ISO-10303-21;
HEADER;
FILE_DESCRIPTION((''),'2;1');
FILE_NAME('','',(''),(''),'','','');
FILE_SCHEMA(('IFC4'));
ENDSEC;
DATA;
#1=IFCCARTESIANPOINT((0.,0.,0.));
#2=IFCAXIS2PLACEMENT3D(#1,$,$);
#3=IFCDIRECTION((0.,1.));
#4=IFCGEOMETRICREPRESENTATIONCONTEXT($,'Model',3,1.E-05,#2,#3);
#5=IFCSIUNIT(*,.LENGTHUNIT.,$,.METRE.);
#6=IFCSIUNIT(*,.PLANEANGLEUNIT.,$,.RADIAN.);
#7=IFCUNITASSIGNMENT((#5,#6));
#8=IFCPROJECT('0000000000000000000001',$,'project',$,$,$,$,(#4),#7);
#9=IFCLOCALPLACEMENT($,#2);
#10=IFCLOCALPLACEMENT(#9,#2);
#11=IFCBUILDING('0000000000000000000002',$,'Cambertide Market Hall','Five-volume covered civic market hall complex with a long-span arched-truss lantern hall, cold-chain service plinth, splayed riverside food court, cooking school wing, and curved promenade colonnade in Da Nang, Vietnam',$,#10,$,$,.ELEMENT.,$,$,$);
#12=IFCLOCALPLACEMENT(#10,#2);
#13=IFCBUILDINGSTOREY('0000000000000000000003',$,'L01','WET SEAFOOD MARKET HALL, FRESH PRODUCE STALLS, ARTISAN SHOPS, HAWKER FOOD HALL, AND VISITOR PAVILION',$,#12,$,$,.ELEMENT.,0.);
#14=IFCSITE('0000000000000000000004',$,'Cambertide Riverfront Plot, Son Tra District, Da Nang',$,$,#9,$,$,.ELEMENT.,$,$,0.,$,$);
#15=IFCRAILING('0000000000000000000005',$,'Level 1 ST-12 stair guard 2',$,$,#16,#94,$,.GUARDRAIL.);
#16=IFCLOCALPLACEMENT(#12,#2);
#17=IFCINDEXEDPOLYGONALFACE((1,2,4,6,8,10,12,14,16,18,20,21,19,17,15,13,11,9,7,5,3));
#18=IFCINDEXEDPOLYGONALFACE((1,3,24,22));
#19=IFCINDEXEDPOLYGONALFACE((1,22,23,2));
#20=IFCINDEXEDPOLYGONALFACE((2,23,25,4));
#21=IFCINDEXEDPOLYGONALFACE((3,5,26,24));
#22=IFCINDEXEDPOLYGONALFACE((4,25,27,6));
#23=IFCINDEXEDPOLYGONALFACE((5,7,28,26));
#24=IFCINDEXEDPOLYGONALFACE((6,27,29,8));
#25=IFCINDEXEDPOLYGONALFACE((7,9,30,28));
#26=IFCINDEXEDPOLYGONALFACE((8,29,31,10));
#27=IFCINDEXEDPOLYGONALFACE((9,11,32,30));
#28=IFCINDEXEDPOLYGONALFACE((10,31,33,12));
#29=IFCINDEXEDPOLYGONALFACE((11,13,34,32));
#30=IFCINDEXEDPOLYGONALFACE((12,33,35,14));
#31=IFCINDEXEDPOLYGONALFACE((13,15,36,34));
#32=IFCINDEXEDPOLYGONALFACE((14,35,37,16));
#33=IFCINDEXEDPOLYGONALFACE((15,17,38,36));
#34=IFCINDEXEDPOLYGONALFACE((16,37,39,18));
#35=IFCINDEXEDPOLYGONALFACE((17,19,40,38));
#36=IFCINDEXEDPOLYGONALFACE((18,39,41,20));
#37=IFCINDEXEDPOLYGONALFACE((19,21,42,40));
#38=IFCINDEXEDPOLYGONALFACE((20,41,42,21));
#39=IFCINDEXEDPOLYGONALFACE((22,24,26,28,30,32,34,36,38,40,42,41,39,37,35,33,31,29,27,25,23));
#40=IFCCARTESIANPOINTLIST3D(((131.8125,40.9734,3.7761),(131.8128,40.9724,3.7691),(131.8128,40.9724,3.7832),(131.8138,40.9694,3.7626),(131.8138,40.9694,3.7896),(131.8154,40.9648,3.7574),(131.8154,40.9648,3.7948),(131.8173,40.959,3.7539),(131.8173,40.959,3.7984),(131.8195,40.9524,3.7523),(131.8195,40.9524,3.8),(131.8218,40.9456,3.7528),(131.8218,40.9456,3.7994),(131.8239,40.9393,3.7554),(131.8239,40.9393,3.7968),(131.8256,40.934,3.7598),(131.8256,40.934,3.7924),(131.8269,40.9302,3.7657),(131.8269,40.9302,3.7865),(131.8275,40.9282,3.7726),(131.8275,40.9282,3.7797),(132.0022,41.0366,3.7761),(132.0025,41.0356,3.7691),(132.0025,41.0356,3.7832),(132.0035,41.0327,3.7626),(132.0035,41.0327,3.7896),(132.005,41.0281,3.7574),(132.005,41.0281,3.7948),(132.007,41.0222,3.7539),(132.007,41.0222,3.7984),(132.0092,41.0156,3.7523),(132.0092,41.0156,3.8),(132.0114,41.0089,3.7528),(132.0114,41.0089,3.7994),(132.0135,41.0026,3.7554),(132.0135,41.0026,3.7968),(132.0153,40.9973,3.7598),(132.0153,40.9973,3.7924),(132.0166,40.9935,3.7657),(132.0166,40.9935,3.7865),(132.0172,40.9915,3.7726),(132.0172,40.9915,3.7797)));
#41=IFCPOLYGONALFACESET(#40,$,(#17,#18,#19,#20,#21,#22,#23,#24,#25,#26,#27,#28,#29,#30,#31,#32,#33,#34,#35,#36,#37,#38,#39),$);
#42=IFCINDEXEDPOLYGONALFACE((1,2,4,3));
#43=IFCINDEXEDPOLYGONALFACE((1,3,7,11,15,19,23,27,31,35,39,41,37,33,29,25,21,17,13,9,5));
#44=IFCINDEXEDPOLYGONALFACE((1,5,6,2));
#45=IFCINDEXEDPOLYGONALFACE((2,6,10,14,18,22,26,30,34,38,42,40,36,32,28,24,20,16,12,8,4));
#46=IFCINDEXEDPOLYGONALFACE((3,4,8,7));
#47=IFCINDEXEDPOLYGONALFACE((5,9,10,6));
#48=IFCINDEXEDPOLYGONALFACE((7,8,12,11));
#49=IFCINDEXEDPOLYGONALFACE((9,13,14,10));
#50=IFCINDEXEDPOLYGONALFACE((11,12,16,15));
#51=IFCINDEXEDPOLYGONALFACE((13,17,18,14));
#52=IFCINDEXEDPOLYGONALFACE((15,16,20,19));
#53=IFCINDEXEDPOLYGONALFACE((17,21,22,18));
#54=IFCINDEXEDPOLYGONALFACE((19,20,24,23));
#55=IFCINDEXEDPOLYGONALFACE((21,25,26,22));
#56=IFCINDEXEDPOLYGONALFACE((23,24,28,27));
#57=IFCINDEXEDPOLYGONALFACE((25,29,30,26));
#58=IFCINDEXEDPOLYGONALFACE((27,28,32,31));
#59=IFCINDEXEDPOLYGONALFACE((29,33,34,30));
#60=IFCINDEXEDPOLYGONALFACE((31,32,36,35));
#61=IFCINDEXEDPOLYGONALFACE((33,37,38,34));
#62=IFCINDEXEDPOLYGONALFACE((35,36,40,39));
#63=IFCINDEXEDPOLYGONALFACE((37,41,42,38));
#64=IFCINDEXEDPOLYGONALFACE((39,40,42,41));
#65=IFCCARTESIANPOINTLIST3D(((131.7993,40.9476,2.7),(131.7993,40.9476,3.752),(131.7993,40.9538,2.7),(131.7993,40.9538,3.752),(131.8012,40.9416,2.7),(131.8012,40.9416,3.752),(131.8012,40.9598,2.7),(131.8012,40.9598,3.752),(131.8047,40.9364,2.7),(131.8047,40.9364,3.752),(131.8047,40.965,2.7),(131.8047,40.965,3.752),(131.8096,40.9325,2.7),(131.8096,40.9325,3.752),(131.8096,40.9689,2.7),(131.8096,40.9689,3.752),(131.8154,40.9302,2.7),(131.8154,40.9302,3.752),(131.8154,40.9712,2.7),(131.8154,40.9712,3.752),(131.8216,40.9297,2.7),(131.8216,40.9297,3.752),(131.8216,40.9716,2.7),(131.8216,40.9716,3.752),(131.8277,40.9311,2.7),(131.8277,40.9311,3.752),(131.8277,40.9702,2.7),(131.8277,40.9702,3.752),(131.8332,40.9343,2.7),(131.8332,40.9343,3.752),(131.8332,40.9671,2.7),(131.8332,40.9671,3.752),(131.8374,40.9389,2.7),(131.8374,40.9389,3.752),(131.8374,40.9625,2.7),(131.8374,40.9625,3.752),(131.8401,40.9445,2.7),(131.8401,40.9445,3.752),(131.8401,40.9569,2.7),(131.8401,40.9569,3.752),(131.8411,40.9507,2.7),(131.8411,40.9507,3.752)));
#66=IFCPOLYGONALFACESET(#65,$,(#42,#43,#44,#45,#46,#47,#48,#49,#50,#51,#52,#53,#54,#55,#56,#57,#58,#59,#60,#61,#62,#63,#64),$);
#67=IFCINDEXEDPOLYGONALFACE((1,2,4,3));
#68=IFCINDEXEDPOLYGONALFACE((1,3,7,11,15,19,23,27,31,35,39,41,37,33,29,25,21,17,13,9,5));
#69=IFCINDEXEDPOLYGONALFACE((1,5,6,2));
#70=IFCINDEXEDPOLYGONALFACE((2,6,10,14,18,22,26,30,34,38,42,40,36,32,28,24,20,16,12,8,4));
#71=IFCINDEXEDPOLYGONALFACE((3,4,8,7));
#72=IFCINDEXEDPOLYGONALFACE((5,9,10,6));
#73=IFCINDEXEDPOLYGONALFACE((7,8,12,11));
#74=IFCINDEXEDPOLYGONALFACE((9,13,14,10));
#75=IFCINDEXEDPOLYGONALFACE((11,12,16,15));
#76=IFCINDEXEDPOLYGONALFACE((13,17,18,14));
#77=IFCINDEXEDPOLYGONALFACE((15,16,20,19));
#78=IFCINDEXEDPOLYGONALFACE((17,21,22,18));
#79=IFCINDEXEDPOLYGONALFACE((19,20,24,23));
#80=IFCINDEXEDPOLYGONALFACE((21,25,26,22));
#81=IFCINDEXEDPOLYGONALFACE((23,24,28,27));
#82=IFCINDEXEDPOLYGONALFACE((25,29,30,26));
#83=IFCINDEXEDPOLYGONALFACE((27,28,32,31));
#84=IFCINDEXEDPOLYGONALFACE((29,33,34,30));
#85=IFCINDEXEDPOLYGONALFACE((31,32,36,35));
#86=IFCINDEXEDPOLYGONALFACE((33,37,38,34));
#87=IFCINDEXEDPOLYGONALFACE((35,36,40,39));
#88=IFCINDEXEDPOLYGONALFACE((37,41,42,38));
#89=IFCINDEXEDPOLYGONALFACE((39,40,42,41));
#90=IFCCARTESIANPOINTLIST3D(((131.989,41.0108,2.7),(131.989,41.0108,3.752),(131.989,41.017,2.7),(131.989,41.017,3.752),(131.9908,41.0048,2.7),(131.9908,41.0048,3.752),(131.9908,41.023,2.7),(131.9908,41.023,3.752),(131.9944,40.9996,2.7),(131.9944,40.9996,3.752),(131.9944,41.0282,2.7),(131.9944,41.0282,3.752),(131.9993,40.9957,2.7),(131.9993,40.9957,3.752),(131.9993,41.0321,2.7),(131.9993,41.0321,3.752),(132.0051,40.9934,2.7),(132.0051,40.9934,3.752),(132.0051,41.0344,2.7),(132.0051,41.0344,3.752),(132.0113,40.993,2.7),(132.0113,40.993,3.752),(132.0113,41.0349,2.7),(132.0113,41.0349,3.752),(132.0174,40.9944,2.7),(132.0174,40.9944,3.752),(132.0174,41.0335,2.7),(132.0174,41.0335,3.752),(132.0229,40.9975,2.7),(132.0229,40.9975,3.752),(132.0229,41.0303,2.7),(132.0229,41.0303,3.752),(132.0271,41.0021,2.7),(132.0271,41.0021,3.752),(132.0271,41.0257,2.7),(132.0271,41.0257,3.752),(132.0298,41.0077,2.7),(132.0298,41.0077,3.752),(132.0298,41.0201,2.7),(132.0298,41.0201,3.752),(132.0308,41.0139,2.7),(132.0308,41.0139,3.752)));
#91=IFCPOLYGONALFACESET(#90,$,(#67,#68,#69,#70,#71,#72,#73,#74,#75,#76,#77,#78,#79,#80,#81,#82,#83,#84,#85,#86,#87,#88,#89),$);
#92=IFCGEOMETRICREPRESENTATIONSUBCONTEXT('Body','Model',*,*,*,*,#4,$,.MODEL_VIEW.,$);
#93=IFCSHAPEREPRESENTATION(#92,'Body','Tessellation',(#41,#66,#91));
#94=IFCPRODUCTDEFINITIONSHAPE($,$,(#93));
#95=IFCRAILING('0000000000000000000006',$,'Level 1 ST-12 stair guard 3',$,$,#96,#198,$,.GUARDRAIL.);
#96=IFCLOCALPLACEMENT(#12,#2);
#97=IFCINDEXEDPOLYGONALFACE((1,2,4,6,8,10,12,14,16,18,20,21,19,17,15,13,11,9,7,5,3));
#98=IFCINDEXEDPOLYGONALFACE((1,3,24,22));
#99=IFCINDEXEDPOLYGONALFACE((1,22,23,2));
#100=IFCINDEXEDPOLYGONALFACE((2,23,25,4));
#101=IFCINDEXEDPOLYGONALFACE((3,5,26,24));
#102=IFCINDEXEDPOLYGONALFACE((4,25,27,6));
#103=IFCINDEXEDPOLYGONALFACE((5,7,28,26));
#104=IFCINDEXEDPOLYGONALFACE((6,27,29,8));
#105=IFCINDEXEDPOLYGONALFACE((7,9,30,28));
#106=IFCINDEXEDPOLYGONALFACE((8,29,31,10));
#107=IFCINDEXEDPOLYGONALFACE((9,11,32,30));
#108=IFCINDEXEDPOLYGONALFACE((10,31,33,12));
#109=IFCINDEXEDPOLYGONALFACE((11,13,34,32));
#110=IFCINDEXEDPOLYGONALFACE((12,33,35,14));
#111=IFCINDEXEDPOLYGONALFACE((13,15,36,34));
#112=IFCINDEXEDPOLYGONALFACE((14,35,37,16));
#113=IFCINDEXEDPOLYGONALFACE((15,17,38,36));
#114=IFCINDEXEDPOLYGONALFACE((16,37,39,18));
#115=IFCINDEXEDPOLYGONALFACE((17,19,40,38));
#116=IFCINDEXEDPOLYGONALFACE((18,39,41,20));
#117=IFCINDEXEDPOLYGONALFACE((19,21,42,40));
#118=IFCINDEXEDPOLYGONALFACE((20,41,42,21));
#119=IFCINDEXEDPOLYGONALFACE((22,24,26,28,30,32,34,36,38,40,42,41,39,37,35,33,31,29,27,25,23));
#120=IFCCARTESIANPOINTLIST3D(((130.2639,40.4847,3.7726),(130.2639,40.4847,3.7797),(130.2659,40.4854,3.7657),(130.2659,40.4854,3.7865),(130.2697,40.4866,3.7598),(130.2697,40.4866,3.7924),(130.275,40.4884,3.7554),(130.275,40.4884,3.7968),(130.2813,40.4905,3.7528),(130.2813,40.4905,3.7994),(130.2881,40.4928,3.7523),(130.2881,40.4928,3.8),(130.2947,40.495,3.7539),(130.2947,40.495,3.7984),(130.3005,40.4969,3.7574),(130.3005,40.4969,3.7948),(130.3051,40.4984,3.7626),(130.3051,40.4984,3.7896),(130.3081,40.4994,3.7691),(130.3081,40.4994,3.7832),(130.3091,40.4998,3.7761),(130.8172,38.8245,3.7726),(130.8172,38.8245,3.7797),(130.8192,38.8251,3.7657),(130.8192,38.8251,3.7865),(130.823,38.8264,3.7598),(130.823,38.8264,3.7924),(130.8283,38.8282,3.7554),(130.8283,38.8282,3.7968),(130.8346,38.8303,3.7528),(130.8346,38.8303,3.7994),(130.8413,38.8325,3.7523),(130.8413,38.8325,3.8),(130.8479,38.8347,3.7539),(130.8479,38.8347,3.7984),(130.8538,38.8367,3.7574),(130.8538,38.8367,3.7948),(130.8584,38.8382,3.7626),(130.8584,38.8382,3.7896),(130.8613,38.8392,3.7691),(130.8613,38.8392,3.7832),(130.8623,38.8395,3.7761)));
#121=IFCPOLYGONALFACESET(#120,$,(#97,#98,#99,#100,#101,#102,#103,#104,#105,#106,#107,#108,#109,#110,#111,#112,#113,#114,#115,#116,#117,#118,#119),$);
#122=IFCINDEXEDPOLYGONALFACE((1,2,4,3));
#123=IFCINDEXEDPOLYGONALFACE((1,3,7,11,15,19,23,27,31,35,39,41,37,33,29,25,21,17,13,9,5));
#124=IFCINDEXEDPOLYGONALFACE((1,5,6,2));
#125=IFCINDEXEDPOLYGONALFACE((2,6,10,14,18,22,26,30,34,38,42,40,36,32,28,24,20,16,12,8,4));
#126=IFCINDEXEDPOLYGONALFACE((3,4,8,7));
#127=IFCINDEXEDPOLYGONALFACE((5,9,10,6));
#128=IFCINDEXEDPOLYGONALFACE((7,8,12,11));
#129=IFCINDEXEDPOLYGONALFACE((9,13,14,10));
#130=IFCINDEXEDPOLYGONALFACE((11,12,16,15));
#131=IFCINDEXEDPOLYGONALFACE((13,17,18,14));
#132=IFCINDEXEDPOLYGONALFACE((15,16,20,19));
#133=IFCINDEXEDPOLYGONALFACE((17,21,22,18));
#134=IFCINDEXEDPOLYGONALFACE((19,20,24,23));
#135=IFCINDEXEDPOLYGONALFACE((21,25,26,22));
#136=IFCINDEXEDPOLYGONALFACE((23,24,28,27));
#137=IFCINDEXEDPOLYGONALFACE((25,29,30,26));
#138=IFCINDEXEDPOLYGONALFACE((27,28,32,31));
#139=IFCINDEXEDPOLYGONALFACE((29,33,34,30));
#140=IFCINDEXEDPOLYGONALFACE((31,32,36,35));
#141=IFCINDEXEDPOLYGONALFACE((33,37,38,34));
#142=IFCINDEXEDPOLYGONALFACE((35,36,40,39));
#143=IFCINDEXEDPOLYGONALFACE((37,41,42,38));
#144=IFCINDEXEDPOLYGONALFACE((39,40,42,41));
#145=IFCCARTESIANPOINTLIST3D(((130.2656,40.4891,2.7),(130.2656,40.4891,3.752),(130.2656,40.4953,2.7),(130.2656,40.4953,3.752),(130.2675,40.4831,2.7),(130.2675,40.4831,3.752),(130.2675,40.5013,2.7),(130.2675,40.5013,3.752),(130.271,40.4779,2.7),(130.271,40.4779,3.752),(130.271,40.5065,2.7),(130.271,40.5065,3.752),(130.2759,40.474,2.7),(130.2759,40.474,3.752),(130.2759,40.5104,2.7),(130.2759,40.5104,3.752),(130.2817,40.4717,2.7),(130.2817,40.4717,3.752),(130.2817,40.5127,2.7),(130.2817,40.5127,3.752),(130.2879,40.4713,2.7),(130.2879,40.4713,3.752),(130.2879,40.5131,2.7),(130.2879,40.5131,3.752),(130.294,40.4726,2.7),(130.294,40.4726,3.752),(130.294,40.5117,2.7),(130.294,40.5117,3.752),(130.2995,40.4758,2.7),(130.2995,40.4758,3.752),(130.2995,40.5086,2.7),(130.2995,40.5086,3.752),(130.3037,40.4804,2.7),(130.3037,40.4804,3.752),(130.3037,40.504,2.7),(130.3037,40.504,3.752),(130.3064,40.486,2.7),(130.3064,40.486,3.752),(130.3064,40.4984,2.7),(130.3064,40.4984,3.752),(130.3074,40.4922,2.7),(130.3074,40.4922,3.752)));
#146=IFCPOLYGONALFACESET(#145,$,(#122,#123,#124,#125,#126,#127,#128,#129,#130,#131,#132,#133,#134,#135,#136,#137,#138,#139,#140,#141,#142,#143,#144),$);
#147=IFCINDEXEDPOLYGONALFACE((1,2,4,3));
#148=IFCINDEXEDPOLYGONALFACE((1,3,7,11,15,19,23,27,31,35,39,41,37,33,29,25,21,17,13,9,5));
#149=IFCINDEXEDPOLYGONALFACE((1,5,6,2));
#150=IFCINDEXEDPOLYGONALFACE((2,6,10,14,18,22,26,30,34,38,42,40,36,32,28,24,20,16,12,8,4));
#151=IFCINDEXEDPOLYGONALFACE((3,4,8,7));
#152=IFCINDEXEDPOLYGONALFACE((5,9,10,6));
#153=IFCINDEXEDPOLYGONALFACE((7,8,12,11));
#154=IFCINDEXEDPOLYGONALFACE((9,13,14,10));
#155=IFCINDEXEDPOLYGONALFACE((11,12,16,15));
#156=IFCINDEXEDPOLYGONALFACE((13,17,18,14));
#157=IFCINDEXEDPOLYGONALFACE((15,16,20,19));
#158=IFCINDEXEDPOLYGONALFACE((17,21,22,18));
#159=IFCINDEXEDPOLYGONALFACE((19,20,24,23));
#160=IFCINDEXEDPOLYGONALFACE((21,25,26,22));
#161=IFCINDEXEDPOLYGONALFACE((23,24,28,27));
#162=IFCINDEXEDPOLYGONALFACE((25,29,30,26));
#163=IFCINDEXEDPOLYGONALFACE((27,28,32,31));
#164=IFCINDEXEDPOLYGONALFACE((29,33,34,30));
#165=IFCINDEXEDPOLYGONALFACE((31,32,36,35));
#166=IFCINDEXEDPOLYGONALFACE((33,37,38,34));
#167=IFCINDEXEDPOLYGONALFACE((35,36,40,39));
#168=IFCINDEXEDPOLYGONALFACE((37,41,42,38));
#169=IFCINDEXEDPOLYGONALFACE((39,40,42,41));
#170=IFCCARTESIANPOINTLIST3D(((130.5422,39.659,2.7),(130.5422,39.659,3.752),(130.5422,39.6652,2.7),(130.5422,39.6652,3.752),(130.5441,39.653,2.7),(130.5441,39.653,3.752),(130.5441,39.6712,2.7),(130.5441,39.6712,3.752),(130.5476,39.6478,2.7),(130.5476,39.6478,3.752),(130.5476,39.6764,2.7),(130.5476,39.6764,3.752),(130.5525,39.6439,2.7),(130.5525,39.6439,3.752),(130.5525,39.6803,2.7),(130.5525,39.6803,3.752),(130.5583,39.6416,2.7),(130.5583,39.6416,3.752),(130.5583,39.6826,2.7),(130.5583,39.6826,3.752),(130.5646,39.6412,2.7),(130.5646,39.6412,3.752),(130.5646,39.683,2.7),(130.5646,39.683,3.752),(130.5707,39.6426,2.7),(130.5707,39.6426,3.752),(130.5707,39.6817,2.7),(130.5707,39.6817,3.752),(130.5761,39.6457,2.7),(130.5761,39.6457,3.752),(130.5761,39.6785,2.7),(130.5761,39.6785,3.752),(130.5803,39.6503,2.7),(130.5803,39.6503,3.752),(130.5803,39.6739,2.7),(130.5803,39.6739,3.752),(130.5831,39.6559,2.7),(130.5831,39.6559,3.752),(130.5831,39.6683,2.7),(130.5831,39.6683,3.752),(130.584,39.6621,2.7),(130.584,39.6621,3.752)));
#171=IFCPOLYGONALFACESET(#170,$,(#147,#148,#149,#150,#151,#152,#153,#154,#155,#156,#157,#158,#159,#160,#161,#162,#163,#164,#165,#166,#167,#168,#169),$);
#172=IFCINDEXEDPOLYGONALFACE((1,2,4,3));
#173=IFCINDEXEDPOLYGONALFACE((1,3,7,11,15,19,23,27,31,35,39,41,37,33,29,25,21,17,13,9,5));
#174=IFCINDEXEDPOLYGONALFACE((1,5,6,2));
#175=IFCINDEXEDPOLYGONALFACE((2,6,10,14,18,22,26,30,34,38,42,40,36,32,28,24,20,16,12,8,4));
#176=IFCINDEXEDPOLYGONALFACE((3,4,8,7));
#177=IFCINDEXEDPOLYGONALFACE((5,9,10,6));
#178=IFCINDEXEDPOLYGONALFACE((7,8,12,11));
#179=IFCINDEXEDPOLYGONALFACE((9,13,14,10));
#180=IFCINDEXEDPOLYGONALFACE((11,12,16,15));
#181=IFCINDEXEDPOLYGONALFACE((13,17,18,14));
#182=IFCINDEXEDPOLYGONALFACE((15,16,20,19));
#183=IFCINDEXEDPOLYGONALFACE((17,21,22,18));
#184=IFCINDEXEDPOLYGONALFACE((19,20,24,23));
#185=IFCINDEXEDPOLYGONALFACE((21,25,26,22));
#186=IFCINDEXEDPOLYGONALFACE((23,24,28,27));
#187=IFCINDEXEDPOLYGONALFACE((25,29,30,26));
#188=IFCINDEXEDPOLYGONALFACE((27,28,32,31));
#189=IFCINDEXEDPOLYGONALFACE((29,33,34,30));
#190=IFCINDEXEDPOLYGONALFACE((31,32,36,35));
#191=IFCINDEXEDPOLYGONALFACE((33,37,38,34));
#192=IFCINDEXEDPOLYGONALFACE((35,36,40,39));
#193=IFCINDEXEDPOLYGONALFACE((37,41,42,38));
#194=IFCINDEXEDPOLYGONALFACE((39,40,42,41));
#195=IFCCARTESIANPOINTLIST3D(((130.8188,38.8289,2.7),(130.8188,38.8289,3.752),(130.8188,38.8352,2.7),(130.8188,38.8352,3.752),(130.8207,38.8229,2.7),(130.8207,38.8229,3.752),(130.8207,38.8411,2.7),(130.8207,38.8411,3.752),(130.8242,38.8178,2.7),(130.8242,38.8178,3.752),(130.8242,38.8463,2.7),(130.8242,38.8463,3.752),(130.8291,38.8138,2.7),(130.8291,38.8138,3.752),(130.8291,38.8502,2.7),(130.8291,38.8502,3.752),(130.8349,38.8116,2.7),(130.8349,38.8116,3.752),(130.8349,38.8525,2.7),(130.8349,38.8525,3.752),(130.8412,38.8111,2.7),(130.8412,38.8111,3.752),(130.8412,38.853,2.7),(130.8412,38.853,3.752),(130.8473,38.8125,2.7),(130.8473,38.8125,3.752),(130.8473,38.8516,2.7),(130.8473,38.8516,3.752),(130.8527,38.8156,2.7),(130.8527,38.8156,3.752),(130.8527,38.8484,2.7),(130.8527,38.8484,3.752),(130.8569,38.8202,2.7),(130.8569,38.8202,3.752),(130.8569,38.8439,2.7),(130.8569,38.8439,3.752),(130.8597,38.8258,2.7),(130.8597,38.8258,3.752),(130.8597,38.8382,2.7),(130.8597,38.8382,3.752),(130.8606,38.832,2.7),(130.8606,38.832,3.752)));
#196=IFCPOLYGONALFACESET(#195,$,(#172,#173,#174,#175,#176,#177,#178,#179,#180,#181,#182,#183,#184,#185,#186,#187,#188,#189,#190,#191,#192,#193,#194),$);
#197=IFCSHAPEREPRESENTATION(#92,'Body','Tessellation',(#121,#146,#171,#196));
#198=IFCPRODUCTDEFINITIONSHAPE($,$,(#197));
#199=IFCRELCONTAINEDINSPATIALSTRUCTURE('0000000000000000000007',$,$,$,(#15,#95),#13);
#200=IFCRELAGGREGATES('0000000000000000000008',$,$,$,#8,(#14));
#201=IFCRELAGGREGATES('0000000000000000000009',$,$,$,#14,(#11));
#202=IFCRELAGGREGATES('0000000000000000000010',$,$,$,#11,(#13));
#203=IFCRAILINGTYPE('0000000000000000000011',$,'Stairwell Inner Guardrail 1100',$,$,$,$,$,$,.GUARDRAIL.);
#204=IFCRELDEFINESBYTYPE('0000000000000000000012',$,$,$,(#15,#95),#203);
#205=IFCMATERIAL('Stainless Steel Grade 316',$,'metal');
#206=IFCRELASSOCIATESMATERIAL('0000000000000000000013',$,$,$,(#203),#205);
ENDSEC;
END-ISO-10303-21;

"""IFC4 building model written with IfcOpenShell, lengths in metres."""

from ifc_helpers import new_model, si_unit, direction, frame, origin, origin_2d, place, context, subcontext, project, spatial, circle, extrude, material, type_object, element, save


model = new_model("IFC4")

# Units and contexts
model_context = context("Model", 3, precision=1e-05, world=origin(), true_north=direction((0.0, 1.0)))
body_context = subcontext(model_context, "Body", "Model", "MODEL_VIEW")
ifc_project = project(units=[si_unit("LENGTHUNIT", "METRE"), si_unit("PLANEANGLEUNIT", "RADIAN")], contexts=[model_context])

# Site, building, storey
site_placement = place(None, origin())
site = spatial("IfcSite", under=ifc_project, at=site_placement, Name="Cambertide Riverfront Plot, Son Tra District, Da Nang", CompositionType="ELEMENT", RefElevation=0.0)
building_placement = place(site_placement, origin())
building = spatial("IfcBuilding", under=site, at=building_placement, Name="Cambertide Market Hall", Description="Five-volume covered civic market hall complex with a long-span arched-truss lantern hall, cold-chain service plinth, splayed riverside food court, cooking school wing, and curved promenade colonnade in Da Nang, Vietnam", CompositionType="ELEMENT")
storey_placement = place(building_placement, origin())
storey = spatial("IfcBuildingStorey", under=building, at=storey_placement, Name="L01", Description="WET SEAFOOD MARKET HALL, FRESH PRODUCE STALLS, ARTISAN SHOPS, HAWKER FOOD HALL, AND VISITOR PAVILION", CompositionType="ELEMENT", Elevation=0.0)

# Railings
ifc_material_1 = material(Name="Stainless Steel Grade 316", Category="metal")
railing_type_1 = type_object("IfcRailingType", Name="Stairwell Inner Guardrail 1100", PredefinedType="GUARDRAIL", material=ifc_material_1)
railing_1_placement = place(storey_placement, frame((131.8201, 40.9507, 2.7)))
element("IfcRailing", 1, at=railing_1_placement, inside=storey, type_object=railing_type_1, Name="Level 1 ST-12 stair guard 2", PredefinedType="GUARDRAIL", context=body_context, shape_type="SweptSolid", body=[
    extrude(circle(Radius=0.0239, at=origin_2d()), frame((0.0, 0.0, 1.0762), z_axis=(0.948683, 0.316228, 0.0), x_axis=(-0.316228, 0.948683, 0.0)), (0.0, 0.0, 1.0), 0.2),
    extrude(circle(Radius=0.021, at=origin_2d()), origin(), (0.0, 0.0, 1.0), 1.052),
    extrude(circle(Radius=0.021, at=origin_2d()), frame((0.1897, 0.0632, 0.0)), (0.0, 0.0, 1.0), 1.052),
])
railing_2_placement = place(storey_placement, frame((130.2864, 40.4922, 2.7)))
element("IfcRailing", 2, at=railing_2_placement, inside=storey, type_object=railing_type_1, Name="Level 1 ST-12 stair guard 3", PredefinedType="GUARDRAIL", context=body_context, shape_type="SweptSolid", body=[
    extrude(circle(Radius=0.0239, at=origin_2d()), frame((0.0, 0.0, 1.0762), z_axis=(0.316144, -0.948711, 0.0), x_axis=(0.948711, 0.316144, 0.0)), (0.0, 0.0, 1.0), 1.75),
    extrude(circle(Radius=0.021, at=origin_2d()), origin(), (0.0, 0.0, 1.0), 1.052),
    extrude(circle(Radius=0.021, at=origin_2d()), frame((0.2766, -0.8301, 0.0)), (0.0, 0.0, 1.0), 1.052),
    extrude(circle(Radius=0.021, at=origin_2d()), frame((0.5532, -1.6602, 0.0)), (0.0, 0.0, 1.0), 1.052),
])

save(model, "model.ifc")
